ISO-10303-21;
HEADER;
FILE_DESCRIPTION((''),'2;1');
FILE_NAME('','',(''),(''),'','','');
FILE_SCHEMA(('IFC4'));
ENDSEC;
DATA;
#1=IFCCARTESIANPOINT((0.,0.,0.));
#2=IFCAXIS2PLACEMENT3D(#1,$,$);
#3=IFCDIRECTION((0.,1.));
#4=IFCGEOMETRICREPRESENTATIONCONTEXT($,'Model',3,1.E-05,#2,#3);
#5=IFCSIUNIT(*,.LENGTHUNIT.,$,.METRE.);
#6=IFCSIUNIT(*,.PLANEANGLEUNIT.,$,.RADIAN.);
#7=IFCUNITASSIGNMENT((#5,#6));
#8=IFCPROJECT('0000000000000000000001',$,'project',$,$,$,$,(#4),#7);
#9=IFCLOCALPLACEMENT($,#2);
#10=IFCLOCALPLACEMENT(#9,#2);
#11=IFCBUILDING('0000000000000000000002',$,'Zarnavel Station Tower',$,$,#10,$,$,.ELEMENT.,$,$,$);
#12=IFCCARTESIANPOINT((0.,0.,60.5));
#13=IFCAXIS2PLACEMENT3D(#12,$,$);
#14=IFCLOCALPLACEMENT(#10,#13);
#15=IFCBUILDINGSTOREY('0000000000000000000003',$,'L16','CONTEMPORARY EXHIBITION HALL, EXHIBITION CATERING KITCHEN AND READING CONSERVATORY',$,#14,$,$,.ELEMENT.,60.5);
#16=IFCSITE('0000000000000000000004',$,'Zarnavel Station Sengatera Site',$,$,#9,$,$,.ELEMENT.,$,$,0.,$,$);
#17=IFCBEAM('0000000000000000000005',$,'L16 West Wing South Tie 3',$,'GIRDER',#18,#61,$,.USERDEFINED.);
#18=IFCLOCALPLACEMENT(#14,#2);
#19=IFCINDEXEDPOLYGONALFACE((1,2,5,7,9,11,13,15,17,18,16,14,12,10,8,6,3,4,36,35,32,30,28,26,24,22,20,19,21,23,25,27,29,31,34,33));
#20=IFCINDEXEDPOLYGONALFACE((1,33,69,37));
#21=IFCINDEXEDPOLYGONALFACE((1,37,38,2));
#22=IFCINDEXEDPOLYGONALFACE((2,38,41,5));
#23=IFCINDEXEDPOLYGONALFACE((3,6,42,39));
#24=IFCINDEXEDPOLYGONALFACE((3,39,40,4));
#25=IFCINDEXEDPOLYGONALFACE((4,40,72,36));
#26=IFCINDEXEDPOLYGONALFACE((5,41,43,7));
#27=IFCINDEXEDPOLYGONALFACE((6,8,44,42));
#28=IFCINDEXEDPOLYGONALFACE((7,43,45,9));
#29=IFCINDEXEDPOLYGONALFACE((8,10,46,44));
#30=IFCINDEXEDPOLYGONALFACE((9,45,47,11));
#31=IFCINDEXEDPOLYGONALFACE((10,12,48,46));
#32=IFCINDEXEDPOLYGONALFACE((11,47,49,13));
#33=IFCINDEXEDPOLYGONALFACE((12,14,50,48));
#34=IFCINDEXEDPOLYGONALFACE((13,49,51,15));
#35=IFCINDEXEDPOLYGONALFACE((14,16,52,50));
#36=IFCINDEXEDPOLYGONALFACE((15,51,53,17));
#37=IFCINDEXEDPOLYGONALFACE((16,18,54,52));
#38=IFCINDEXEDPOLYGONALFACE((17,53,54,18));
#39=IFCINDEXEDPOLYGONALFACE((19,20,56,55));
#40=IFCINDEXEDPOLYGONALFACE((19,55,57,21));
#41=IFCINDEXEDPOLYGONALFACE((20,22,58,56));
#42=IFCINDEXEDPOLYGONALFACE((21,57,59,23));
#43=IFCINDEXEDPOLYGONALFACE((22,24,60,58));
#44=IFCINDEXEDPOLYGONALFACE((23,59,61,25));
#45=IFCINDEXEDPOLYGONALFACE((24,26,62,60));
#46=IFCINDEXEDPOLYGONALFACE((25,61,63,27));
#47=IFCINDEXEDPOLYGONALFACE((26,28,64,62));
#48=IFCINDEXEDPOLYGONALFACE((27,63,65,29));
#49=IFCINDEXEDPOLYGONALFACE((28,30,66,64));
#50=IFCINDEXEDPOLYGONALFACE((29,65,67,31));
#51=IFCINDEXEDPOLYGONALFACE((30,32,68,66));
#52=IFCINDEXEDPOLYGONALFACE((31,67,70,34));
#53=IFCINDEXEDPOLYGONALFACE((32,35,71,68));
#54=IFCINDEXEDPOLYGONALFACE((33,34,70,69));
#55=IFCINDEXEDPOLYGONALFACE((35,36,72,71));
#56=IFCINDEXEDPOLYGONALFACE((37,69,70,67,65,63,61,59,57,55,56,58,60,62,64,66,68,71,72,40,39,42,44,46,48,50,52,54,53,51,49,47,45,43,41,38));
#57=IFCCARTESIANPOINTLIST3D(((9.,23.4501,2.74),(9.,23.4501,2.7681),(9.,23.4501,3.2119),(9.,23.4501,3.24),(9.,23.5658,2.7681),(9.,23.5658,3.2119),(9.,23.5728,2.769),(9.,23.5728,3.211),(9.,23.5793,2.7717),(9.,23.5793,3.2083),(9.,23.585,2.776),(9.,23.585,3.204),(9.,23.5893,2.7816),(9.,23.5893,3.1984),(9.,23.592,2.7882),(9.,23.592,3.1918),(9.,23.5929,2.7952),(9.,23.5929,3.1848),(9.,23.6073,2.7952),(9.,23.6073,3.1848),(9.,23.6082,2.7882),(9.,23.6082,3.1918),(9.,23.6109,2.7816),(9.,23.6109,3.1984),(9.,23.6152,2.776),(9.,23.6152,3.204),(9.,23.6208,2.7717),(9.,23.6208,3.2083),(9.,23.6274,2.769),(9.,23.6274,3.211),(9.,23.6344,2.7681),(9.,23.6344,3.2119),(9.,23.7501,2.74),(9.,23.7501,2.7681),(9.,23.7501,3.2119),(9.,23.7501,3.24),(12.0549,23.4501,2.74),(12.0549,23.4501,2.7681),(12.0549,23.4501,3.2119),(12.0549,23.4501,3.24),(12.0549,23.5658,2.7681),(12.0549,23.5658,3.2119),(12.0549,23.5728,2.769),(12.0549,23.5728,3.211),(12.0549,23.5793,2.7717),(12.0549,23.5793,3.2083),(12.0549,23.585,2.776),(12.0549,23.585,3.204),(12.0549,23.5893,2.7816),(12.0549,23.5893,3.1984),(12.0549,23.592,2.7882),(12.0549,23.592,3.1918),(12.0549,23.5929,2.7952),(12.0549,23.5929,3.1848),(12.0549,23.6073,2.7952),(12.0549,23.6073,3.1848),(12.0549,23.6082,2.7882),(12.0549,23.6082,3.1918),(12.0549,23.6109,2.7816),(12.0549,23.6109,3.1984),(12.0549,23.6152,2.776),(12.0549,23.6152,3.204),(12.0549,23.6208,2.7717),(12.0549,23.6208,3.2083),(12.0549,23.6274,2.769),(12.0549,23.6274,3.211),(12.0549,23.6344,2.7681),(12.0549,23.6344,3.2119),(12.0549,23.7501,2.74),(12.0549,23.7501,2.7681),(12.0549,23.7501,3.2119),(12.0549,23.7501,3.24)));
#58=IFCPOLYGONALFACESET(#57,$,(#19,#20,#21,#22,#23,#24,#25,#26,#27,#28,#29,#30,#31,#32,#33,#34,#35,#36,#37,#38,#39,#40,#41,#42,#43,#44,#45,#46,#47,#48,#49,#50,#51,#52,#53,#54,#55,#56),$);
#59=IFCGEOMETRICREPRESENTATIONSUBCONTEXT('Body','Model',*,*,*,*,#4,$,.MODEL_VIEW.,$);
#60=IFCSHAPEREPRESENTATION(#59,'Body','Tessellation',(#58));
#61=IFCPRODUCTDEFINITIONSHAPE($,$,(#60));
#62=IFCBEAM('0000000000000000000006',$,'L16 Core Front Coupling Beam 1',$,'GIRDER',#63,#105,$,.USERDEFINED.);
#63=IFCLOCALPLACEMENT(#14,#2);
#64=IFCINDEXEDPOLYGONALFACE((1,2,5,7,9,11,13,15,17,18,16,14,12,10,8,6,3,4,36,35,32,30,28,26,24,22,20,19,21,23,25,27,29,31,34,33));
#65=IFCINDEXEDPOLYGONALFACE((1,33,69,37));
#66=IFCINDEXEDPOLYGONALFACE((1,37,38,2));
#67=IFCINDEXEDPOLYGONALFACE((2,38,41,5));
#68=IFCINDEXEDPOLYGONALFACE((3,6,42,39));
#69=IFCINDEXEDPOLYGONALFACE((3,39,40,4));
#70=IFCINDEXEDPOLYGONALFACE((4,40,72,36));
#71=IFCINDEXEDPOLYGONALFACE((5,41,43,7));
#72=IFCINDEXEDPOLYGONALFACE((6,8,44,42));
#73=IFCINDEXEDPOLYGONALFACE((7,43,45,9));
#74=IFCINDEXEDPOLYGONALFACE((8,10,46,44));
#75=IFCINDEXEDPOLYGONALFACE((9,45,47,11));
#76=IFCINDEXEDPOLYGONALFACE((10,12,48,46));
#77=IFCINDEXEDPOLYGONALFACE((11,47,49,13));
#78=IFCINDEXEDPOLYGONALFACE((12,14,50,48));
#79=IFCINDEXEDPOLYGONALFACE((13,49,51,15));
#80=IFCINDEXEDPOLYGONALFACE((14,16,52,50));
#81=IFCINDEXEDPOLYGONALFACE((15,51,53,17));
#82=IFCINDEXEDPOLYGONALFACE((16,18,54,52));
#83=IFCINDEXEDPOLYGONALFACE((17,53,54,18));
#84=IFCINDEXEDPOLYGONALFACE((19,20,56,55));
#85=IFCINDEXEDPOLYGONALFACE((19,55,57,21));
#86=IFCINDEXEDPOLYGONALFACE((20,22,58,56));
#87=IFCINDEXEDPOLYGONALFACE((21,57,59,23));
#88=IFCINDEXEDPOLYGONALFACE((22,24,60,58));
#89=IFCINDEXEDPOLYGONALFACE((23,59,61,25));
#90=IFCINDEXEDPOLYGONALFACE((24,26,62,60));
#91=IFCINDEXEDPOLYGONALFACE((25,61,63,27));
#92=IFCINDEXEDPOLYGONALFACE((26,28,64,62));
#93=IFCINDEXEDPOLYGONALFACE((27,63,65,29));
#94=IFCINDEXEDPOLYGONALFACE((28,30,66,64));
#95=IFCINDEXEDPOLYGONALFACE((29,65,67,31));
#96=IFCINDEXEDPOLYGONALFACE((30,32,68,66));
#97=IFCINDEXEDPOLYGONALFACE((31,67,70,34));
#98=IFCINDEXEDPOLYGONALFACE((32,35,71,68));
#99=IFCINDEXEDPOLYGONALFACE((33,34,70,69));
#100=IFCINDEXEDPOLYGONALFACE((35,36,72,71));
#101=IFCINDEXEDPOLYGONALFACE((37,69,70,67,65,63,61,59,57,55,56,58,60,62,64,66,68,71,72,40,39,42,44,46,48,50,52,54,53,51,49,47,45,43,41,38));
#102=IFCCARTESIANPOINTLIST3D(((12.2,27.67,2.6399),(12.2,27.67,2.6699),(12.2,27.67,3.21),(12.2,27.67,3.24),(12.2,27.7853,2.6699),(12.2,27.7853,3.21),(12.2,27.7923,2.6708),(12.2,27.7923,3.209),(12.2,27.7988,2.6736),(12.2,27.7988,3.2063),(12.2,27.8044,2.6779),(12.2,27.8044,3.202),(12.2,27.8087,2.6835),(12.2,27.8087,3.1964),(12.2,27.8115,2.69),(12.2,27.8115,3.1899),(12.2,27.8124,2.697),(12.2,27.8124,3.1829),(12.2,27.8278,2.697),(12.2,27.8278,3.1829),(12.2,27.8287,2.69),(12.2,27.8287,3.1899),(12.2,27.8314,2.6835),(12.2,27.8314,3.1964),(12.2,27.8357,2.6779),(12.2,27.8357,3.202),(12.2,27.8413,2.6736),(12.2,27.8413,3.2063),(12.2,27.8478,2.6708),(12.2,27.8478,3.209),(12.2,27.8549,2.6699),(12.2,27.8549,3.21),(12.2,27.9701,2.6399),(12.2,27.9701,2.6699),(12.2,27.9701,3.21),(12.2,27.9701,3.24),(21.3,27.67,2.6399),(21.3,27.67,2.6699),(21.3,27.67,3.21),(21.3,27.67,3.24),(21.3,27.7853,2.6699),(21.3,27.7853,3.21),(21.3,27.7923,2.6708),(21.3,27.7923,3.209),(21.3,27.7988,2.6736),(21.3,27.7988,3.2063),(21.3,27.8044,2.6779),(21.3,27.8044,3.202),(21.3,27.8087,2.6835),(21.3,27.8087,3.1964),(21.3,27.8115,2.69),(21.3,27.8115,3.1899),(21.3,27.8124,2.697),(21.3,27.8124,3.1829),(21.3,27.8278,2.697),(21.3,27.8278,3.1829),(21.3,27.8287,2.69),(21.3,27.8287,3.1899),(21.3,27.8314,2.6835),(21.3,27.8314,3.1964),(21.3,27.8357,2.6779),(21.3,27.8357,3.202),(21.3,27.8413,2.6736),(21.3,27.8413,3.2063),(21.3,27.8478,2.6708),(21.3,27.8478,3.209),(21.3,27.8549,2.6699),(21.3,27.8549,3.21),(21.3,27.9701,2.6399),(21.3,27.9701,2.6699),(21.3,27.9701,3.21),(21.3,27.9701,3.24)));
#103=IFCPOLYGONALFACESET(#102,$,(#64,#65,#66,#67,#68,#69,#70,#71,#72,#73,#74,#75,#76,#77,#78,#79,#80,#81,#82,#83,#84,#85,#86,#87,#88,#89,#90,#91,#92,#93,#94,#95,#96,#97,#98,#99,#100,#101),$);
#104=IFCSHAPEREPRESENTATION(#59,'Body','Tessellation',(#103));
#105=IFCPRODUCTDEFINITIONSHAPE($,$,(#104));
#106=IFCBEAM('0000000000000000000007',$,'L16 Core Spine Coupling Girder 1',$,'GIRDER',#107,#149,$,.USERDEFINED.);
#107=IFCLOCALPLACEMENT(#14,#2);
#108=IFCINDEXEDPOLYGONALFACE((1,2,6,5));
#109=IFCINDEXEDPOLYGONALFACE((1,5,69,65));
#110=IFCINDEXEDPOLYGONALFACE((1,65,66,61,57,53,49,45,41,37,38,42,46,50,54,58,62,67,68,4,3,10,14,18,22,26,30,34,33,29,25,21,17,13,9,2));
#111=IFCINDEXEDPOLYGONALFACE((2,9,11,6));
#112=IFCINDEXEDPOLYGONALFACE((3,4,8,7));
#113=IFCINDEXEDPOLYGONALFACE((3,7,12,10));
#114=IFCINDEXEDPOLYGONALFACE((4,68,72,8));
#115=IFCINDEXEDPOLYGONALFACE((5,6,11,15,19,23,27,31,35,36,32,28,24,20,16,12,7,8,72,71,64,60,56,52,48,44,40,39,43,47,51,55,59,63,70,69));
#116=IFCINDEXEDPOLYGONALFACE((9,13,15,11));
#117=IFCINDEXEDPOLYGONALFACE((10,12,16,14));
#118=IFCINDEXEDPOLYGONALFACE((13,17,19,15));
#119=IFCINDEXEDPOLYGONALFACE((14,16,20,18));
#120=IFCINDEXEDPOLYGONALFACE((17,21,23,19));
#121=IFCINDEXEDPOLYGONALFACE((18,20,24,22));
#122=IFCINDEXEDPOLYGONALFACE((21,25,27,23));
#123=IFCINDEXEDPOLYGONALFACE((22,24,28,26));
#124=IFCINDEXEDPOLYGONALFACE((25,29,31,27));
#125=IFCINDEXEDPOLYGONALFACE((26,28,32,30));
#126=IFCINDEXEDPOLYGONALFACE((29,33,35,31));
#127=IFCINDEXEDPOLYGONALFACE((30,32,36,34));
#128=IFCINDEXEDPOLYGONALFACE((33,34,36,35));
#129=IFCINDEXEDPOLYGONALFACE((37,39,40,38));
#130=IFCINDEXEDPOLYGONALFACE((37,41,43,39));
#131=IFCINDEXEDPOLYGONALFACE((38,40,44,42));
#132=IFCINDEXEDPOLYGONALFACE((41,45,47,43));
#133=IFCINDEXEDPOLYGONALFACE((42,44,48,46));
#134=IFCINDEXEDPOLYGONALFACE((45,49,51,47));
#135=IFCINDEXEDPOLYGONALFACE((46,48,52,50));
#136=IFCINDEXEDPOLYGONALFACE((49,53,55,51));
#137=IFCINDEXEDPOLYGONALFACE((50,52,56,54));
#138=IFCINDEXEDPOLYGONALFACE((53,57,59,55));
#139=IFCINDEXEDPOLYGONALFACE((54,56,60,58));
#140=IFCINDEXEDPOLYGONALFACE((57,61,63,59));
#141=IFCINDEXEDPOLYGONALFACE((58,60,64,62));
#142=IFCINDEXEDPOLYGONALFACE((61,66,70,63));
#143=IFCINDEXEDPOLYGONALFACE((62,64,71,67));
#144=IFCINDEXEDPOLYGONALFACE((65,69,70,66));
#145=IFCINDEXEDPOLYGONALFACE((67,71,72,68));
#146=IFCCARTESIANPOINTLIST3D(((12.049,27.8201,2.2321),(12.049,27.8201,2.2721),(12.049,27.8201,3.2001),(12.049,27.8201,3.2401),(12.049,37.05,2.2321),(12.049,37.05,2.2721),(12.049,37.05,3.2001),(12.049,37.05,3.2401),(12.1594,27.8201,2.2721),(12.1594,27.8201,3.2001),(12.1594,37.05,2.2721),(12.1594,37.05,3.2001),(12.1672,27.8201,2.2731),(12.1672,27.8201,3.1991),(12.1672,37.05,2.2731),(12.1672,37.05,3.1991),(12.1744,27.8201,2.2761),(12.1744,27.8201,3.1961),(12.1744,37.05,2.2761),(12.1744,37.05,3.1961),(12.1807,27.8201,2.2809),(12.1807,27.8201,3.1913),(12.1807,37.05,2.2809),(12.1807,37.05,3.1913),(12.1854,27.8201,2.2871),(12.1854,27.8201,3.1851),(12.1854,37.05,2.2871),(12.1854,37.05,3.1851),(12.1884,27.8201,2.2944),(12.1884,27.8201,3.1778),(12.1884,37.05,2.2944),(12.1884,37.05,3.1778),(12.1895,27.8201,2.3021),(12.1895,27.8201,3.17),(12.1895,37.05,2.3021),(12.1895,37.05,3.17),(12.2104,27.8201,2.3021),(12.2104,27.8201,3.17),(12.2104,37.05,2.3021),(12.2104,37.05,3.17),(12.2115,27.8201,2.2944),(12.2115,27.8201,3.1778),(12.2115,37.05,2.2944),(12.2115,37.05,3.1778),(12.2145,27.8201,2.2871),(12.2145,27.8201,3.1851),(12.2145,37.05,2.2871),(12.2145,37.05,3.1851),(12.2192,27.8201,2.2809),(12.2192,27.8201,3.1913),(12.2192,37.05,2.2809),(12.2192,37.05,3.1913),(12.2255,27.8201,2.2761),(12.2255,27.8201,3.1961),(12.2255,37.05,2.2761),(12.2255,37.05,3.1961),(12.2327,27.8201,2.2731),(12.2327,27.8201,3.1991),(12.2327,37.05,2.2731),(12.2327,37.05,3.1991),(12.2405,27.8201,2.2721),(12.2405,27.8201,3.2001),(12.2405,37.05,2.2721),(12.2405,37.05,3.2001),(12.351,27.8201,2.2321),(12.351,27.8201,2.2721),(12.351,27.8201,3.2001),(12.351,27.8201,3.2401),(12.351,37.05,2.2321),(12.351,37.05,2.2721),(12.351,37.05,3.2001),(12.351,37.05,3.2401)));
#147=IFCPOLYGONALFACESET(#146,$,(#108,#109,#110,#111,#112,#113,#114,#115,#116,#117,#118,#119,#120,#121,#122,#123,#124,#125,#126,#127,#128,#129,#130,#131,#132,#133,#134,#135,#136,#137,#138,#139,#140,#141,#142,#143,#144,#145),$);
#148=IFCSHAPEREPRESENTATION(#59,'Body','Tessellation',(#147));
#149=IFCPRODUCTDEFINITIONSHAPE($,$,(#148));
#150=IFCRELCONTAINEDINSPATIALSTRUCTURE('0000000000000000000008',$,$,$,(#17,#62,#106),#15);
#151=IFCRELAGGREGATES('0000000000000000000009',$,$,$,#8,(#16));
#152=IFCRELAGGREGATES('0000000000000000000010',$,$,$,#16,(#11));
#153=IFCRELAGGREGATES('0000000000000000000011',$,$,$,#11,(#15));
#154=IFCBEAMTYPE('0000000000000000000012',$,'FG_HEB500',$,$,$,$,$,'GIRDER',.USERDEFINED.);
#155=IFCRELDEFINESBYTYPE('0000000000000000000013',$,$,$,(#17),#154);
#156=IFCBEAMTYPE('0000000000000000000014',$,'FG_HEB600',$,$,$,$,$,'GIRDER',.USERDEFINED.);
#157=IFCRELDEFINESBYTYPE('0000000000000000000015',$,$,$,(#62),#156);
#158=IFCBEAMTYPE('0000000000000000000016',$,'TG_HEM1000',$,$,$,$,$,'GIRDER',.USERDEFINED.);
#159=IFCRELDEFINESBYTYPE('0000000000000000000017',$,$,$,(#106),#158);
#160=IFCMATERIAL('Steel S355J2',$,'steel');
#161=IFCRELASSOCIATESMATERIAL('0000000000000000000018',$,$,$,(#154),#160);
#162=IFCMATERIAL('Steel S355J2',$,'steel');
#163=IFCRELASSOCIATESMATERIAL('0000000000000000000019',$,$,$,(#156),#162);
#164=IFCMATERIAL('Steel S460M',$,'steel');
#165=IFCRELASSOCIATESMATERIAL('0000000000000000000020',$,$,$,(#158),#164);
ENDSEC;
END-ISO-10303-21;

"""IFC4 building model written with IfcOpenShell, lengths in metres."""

from ifc_helpers import new_model, si_unit, direction, frame, origin, origin_2d, place, context, subcontext, project, spatial, i_section, extrude, material, material_profile, profile_set, type_object, element, save


model = new_model("IFC4")

# Units and contexts
model_context = context("Model", 3, precision=1e-05, world=origin(), true_north=direction((0.0, 1.0)))
body_context = subcontext(model_context, "Body", "Model", "MODEL_VIEW")
ifc_project = project(units=[si_unit("LENGTHUNIT", "METRE"), si_unit("PLANEANGLEUNIT", "RADIAN")], contexts=[model_context])

# Site, building, storey
site_placement = place(None, origin())
site = spatial("IfcSite", under=ifc_project, at=site_placement, Name="Zarnavel Station Sengatera Site", CompositionType="ELEMENT", RefElevation=0.0)
building_placement = place(site_placement, origin())
building = spatial("IfcBuilding", under=site, at=building_placement, Name="Zarnavel Station Tower", CompositionType="ELEMENT")
storey_placement = place(building_placement, frame((0.0, 0.0, 60.5)))
storey = spatial("IfcBuildingStorey", under=building, at=storey_placement, Name="L16", Description="CONTEMPORARY EXHIBITION HALL, EXHIBITION CATERING KITCHEN AND READING CONSERVATORY", CompositionType="ELEMENT", Elevation=60.5)

# Beams
ifc_material_1 = material(Name="Steel S355J2", Category="steel")
ifc_material_profile_1 = material_profile(ifc_material_1, i_section(OverallWidth=0.3, OverallDepth=0.5, WebThickness=0.0144, FlangeThickness=0.0281, FilletRadius=0.0271, at=origin_2d()), Name="HEB500")
ifc_profile_set_1 = profile_set([ifc_material_profile_1], Name="Steel S355J2")
beam_type_1 = type_object("IfcBeamType", Name="FG_HEB500", ElementType="GIRDER", PredefinedType="USERDEFINED", material=ifc_profile_set_1)
beam_1_placement = place(storey_placement, frame((9.0, 23.6001, 2.99), z_axis=(1.0, 0.0, 0.0), x_axis=(0.0, 1.0, 0.0)))
element("IfcBeam", 1, at=beam_1_placement, inside=storey, type_object=beam_type_1, Name="L16 West Wing South Tie 3", ObjectType="GIRDER", PredefinedType="USERDEFINED", context=body_context, shape_type="SweptSolid", body=[
    extrude(i_section(OverallWidth=0.3, OverallDepth=0.5, WebThickness=0.0144, FlangeThickness=0.0281, FilletRadius=0.0271, at=origin_2d()), origin(), (0.0, 0.0, 1.0), 3.0549),
])
ifc_material_2 = material(Name="Steel S355J2", Category="steel")
ifc_material_profile_2 = material_profile(ifc_material_2, i_section(OverallWidth=0.3, OverallDepth=0.6001, WebThickness=0.0154, FlangeThickness=0.03, FilletRadius=0.0271, at=origin_2d()), Name="HEB600")
ifc_profile_set_2 = profile_set([ifc_material_profile_2], Name="Steel S355J2")
beam_type_2 = type_object("IfcBeamType", Name="FG_HEB600", ElementType="GIRDER", PredefinedType="USERDEFINED", material=ifc_profile_set_2)
beam_2_placement = place(storey_placement, frame((12.2, 27.8201, 2.9399), z_axis=(1.0, 0.0, 0.0), x_axis=(0.0, 1.0, 0.0)))
element("IfcBeam", 2, at=beam_2_placement, inside=storey, type_object=beam_type_2, Name="L16 Core Front Coupling Beam 1", ObjectType="GIRDER", PredefinedType="USERDEFINED", context=body_context, shape_type="SweptSolid", body=[
    extrude(i_section(OverallWidth=0.3, OverallDepth=0.6001, WebThickness=0.0154, FlangeThickness=0.03, FilletRadius=0.0271, at=origin_2d()), origin(), (0.0, 0.0, 1.0), 9.1001),
])
ifc_material_3 = material(Name="Steel S460M", Category="steel")
ifc_material_profile_3 = material_profile(ifc_material_3, i_section(OverallWidth=0.302, OverallDepth=1.0081, WebThickness=0.021, FlangeThickness=0.04, FilletRadius=0.03, at=origin_2d()), Name="HEM1000")
ifc_profile_set_3 = profile_set([ifc_material_profile_3], Name="Steel S460M")
beam_type_3 = type_object("IfcBeamType", Name="TG_HEM1000", ElementType="GIRDER", PredefinedType="USERDEFINED", material=ifc_profile_set_3)
beam_3_placement = place(storey_placement, frame((12.2, 27.8201, 2.7361), z_axis=(0.0, 1.0, 0.0), x_axis=(-1.0, 0.0, 0.0)))
element("IfcBeam", 3, at=beam_3_placement, inside=storey, type_object=beam_type_3, Name="L16 Core Spine Coupling Girder 1", ObjectType="GIRDER", PredefinedType="USERDEFINED", context=body_context, shape_type="SweptSolid", body=[
    extrude(i_section(OverallWidth=0.302, OverallDepth=1.0081, WebThickness=0.021, FlangeThickness=0.04, FilletRadius=0.03, at=origin_2d()), origin(), (0.0, 0.0, 1.0), 9.23),
])

save(model, "model.ifc")
